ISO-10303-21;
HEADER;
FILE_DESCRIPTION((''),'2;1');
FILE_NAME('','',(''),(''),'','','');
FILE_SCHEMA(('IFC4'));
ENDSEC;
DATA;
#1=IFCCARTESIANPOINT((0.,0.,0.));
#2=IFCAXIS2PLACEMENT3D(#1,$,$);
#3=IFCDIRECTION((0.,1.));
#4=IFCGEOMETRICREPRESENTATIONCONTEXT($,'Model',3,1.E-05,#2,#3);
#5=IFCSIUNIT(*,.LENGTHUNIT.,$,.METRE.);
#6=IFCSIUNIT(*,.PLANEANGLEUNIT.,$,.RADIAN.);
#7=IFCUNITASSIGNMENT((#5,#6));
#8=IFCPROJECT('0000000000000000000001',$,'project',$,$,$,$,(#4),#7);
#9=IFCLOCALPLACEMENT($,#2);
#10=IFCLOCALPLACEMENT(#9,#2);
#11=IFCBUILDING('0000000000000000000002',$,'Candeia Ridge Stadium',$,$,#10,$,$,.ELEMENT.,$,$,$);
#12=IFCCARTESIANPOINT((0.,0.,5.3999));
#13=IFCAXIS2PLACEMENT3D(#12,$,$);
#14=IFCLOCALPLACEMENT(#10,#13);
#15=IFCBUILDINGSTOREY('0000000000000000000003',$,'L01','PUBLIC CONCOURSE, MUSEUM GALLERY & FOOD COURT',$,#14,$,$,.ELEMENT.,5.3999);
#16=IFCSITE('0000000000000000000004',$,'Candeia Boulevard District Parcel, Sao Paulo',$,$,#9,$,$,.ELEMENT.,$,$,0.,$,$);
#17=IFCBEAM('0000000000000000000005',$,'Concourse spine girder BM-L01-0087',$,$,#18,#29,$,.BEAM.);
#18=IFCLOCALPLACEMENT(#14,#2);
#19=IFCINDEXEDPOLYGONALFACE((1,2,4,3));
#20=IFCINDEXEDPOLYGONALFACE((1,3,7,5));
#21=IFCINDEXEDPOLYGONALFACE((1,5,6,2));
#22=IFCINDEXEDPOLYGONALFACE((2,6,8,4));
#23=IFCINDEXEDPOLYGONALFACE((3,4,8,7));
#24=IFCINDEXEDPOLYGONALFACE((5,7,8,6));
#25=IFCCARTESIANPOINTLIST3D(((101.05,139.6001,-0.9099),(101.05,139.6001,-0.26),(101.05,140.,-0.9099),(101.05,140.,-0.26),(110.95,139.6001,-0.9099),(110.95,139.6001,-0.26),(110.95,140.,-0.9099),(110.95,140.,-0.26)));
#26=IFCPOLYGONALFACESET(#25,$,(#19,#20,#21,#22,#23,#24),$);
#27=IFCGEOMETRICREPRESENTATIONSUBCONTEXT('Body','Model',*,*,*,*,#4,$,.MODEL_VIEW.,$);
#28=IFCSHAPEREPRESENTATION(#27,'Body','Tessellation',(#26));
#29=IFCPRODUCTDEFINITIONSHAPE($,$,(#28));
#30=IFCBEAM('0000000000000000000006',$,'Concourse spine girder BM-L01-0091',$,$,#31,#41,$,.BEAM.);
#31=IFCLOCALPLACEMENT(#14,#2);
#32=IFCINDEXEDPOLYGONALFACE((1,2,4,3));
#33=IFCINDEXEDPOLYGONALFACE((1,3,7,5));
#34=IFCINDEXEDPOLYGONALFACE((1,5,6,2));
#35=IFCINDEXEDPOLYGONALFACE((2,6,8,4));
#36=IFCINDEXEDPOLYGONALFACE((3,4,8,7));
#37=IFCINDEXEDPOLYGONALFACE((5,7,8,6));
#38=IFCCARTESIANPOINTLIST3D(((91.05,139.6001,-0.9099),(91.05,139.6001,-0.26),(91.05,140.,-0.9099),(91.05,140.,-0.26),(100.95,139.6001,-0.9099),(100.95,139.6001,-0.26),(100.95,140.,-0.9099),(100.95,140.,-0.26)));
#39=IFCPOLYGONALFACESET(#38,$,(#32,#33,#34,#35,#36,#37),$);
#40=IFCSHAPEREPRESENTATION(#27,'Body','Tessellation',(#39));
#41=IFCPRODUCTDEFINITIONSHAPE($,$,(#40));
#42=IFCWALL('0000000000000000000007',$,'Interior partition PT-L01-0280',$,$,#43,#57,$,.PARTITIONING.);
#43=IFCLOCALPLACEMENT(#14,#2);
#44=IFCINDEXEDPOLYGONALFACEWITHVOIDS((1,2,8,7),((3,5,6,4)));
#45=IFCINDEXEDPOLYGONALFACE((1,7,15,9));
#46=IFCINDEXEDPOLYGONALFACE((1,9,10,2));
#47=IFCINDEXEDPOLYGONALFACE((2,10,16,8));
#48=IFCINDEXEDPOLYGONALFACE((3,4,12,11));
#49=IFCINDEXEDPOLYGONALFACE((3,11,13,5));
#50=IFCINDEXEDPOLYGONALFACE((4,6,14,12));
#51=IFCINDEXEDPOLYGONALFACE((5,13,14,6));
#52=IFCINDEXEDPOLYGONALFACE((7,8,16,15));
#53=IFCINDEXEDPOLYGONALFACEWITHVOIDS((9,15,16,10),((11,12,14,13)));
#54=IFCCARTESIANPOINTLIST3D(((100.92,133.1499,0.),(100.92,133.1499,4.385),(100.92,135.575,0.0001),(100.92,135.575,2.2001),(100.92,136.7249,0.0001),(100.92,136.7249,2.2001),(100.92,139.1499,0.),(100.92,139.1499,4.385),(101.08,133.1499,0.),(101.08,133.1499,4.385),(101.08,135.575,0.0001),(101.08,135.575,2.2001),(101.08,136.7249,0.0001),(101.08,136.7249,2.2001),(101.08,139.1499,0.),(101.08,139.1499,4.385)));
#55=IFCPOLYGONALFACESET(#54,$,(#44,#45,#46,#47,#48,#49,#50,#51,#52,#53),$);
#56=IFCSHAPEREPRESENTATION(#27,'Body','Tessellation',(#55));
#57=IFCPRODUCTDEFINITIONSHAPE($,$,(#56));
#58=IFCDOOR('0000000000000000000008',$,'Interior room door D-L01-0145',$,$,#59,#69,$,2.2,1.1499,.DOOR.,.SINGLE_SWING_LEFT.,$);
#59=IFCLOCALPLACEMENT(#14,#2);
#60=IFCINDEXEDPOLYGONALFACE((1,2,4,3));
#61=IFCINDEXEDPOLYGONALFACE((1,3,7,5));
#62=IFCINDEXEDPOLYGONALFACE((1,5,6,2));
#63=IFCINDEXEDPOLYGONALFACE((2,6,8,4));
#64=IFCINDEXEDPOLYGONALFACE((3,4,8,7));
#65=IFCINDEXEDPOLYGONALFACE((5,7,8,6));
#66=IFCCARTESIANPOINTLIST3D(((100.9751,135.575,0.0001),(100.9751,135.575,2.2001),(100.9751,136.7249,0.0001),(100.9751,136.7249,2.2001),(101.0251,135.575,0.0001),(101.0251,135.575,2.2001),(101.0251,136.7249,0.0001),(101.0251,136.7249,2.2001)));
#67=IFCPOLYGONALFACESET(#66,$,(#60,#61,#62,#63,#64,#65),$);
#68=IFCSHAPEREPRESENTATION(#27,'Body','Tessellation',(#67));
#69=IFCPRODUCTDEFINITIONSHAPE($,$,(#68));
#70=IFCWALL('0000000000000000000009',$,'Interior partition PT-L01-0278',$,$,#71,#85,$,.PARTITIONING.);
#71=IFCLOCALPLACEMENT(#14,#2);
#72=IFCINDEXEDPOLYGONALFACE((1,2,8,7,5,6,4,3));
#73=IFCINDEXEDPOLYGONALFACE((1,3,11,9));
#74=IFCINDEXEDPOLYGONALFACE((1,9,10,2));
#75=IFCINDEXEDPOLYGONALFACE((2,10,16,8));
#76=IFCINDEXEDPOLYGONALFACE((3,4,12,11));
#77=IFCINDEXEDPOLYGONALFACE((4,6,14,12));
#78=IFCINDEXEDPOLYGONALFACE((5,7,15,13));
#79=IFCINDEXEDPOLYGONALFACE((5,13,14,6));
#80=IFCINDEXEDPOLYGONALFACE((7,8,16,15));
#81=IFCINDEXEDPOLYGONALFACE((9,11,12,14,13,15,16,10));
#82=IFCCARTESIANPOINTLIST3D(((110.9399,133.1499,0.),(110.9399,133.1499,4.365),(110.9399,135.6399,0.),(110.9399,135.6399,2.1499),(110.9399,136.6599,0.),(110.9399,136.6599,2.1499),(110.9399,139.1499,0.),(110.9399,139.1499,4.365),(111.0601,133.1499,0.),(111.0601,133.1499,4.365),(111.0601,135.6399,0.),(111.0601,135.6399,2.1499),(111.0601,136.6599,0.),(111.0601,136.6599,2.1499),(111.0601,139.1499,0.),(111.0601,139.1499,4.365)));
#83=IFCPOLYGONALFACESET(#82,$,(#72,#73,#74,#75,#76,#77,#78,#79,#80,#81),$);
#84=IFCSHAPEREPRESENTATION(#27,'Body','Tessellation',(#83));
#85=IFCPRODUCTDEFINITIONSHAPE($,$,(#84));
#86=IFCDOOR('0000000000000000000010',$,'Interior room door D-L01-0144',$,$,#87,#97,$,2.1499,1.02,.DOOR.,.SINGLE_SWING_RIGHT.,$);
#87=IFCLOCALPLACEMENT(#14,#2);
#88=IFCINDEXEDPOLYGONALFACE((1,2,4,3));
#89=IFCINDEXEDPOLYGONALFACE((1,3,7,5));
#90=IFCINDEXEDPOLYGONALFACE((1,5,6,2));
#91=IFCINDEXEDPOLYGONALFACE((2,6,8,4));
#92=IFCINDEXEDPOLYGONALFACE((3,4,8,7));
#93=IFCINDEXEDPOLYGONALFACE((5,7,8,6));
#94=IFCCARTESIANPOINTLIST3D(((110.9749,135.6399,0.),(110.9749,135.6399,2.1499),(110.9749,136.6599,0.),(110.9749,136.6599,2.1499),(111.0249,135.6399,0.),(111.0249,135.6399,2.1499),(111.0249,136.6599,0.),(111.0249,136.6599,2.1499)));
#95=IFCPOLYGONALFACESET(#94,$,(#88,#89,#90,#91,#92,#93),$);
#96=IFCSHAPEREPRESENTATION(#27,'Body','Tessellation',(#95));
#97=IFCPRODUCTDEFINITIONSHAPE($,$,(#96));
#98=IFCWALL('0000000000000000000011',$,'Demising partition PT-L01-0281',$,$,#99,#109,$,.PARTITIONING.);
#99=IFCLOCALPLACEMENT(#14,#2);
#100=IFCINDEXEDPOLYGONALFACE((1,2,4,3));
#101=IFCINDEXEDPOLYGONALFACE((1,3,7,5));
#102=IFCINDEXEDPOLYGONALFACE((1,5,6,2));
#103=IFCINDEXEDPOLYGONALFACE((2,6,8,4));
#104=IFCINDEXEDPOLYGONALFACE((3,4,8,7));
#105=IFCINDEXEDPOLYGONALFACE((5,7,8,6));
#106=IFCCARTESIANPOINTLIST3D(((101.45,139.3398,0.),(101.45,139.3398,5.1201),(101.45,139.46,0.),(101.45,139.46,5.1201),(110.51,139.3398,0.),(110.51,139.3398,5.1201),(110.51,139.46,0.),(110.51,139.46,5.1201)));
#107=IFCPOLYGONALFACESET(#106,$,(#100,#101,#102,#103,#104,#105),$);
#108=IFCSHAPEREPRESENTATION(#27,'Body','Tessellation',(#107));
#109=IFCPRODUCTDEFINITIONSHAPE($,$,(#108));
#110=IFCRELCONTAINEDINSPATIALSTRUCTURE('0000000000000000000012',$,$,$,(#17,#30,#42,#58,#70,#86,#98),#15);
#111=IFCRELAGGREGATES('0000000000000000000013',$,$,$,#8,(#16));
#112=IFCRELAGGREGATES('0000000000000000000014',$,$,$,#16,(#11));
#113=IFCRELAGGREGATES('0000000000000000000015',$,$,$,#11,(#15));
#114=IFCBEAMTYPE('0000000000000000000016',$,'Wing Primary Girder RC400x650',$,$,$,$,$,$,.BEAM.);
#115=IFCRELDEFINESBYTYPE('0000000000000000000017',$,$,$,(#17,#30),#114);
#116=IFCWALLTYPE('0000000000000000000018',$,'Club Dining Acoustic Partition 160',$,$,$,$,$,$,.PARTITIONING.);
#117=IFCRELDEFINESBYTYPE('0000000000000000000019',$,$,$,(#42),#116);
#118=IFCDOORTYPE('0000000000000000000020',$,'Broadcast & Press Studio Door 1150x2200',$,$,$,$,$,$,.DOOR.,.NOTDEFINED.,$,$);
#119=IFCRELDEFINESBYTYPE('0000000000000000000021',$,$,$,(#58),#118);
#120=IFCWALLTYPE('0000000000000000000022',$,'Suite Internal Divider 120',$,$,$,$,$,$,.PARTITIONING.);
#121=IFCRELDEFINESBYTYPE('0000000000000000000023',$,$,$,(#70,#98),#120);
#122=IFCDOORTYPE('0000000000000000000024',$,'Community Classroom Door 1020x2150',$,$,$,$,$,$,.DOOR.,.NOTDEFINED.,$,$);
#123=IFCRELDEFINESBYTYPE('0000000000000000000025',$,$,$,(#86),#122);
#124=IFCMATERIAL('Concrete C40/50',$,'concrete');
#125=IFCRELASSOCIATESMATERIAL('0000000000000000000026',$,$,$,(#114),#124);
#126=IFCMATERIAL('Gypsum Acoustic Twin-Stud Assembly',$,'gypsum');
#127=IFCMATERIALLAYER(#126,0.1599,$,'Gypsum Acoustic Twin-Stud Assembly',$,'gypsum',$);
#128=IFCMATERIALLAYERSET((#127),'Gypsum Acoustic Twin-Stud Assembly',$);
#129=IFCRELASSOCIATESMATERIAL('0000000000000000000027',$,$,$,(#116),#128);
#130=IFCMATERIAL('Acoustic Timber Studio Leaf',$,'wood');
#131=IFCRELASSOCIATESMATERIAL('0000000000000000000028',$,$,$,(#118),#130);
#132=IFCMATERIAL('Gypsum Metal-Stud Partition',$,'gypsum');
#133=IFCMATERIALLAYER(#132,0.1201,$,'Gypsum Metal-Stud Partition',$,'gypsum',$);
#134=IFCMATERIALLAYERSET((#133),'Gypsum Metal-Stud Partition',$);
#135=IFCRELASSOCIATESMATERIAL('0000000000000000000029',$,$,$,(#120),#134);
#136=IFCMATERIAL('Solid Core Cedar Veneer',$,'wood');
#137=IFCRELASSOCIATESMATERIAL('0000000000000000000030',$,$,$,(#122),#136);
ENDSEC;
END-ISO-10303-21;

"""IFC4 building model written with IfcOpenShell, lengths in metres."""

from ifc_helpers import new_model, si_unit, direction, frame, frame_2d, origin, origin_2d, place, context, subcontext, project, spatial, rectangle, extrude, material, layer, layer_set, material_profile, profile_set, type_object, element, fill, save


model = new_model("IFC4")

# Units and contexts
model_context = context("Model", 3, precision=1e-05, world=origin(), true_north=direction((0.0, 1.0)))
body_context = subcontext(model_context, "Body", "Model", "MODEL_VIEW")
ifc_project = project(units=[si_unit("LENGTHUNIT", "METRE"), si_unit("PLANEANGLEUNIT", "RADIAN")], contexts=[model_context])

# Site, building, storey
site_placement = place(None, origin())
site = spatial("IfcSite", under=ifc_project, at=site_placement, Name="Candeia Boulevard District Parcel, Sao Paulo", CompositionType="ELEMENT", RefElevation=0.0)
building_placement = place(site_placement, origin())
building = spatial("IfcBuilding", under=site, at=building_placement, Name="Candeia Ridge Stadium", CompositionType="ELEMENT")
storey_placement = place(building_placement, frame((0.0, 0.0, 5.3999)))
storey = spatial("IfcBuildingStorey", under=building, at=storey_placement, Name="L01", Description="PUBLIC CONCOURSE, MUSEUM GALLERY & FOOD COURT", CompositionType="ELEMENT", Elevation=5.3999)

# Shared definitions
ifc_material_1 = material(Name="Concrete C40/50", Category="concrete")

# Beams
ifc_material_profile_1 = material_profile(ifc_material_1, rectangle(XDim=0.3999, YDim=0.6499, at=origin_2d()), Name="RC400x650", Category="concrete")
ifc_profile_set_1 = profile_set([ifc_material_profile_1], Name="Concrete C40/50")
beam_type_1 = type_object("IfcBeamType", Name="Wing Primary Girder RC400x650", PredefinedType="BEAM", material=ifc_profile_set_1)
for number, where, z_axis, x_axis, name in (
    (1, (110.95, 139.8, -0.585), (-1.0, 0.0, 0.0), (0.0, -1.0, 0.0), "Concourse spine girder BM-L01-0087"),
    (2, (100.95, 139.8, -0.585), (-1.0, 0.0, 0.0), (0.0, -1.0, 0.0), "Concourse spine girder BM-L01-0091"),
):
    element("IfcBeam", number, at=place(storey_placement, frame(where, z_axis=z_axis, x_axis=x_axis)), inside=storey, type_object=beam_type_1, Name=name, PredefinedType="BEAM", context=body_context, shape_type="SweptSolid", body=[
        extrude(rectangle(XDim=0.3999, YDim=0.6499, at=origin_2d()), origin(), (0.0, 0.0, 1.0), 9.8999),
    ])

# Walls, openings, doors
ifc_material_2 = material(Name="Gypsum Acoustic Twin-Stud Assembly", Category="gypsum")
ifc_layer_1 = layer(ifc_material_2, 0.1599, Name="Gypsum Acoustic Twin-Stud Assembly", Category="gypsum")
ifc_layer_set_1 = layer_set([ifc_layer_1], Name="Gypsum Acoustic Twin-Stud Assembly")
wall_type_1 = type_object("IfcWallType", Name="Club Dining Acoustic Partition 160", PredefinedType="PARTITIONING", material=ifc_layer_set_1)
wall_1_placement = place(storey_placement, frame((101.0, 133.1499, 0.0), z_axis=(0.0, 0.0, 1.0), x_axis=(0.0, 1.0, 0.0)))
wall_1 = element("IfcWall", 3, at=wall_1_placement, inside=storey, type_object=wall_type_1, Name="Interior partition PT-L01-0280", PredefinedType="PARTITIONING", context=body_context, shape_type="SweptSolid", body=[
    extrude(rectangle(XDim=6.0, YDim=0.1599, at=frame_2d((3.0, 0.0))), origin(), (0.0, 0.0, 1.0), 4.385),
])
opening_1_placement = place(wall_1_placement, frame((2.425, 0.0, 0.0)))
opening_1 = element("IfcOpeningElement", 4, at=opening_1_placement, cuts=wall_1, PredefinedType="OPENING", context=body_context, shape_type="SweptSolid", body=[
    extrude(rectangle(XDim=1.1499, YDim=2.2, at=frame_2d((0.575, 1.1001))), frame((0.0, 0.0898, 0.0), z_axis=(0.0, -1.0, 0.0), x_axis=(1.0, 0.0, 0.0)), (0.0, 0.0, 1.0), 0.1799),
])
ifc_material_3 = material(Name="Acoustic Timber Studio Leaf", Category="wood")
door_type_1 = type_object("IfcDoorType", Name="Broadcast & Press Studio Door 1150x2200", OperationType="NOTDEFINED", PredefinedType="DOOR", material=ifc_material_3)
door_1_placement = place(opening_1_placement, origin())
door_1 = element("IfcDoor", 5, at=door_1_placement, inside=storey, type_object=door_type_1, Name="Interior room door D-L01-0145", OperationType="SINGLE_SWING_LEFT", OverallHeight=2.2, OverallWidth=1.1499, PredefinedType="DOOR", context=body_context, shape_type="SweptSolid", body=[
    extrude(rectangle(XDim=1.1499, YDim=2.2, at=frame_2d((0.575, 1.1001))), frame((0.0, 0.0249, 0.0), z_axis=(0.0, -1.0, 0.0), x_axis=(1.0, 0.0, 0.0)), (0.0, 0.0, 1.0), 0.05),
])
fill(opening_1, door_1)
ifc_material_4 = material(Name="Gypsum Metal-Stud Partition", Category="gypsum")
ifc_layer_2 = layer(ifc_material_4, 0.1201, Name="Gypsum Metal-Stud Partition", Category="gypsum")
ifc_layer_set_2 = layer_set([ifc_layer_2], Name="Gypsum Metal-Stud Partition")
wall_type_2 = type_object("IfcWallType", Name="Suite Internal Divider 120", PredefinedType="PARTITIONING", material=ifc_layer_set_2)
wall_2_placement = place(storey_placement, frame((111.0, 133.1499, 0.0), z_axis=(0.0, 0.0, 1.0), x_axis=(0.0, 1.0, 0.0)))
wall_2 = element("IfcWall", 6, at=wall_2_placement, inside=storey, type_object=wall_type_2, Name="Interior partition PT-L01-0278", PredefinedType="PARTITIONING", context=body_context, shape_type="SweptSolid", body=[
    extrude(rectangle(XDim=6.0, YDim=0.1201, at=frame_2d((3.0, 0.0))), origin(), (0.0, 0.0, 1.0), 4.365),
])
opening_2_placement = place(wall_2_placement, frame((2.49, 0.0, 0.0)))
opening_2 = element("IfcOpeningElement", 7, at=opening_2_placement, cuts=wall_2, PredefinedType="OPENING", context=body_context, shape_type="SweptSolid", body=[
    extrude(rectangle(XDim=1.02, YDim=2.1499, at=frame_2d((0.51, 1.075))), frame((0.0, 0.0701, 0.0), z_axis=(0.0, -1.0, 0.0), x_axis=(1.0, 0.0, 0.0)), (0.0, 0.0, 1.0), 0.1401),
])
ifc_material_5 = material(Name="Solid Core Cedar Veneer", Category="wood")
door_type_2 = type_object("IfcDoorType", Name="Community Classroom Door 1020x2150", OperationType="NOTDEFINED", PredefinedType="DOOR", material=ifc_material_5)
door_2_placement = place(opening_2_placement, frame((1.02, 0.0, 0.0), z_axis=(0.0, 0.0, 1.0), x_axis=(-1.0, 0.0, 0.0)))
door_2 = element("IfcDoor", 8, at=door_2_placement, inside=storey, type_object=door_type_2, Name="Interior room door D-L01-0144", OperationType="SINGLE_SWING_RIGHT", OverallHeight=2.1499, OverallWidth=1.02, PredefinedType="DOOR", context=body_context, shape_type="SweptSolid", body=[
    extrude(rectangle(XDim=1.02, YDim=2.1499, at=frame_2d((0.51, 1.075))), frame((0.0, 0.0249, 0.0), z_axis=(0.0, -1.0, 0.0), x_axis=(1.0, 0.0, 0.0)), (0.0, 0.0, 1.0), 0.05),
])
fill(opening_2, door_2)

# Wall
wall_3_placement = place(storey_placement, frame((101.45, 139.3999, 0.0), z_axis=(0.0, 0.0, 1.0), x_axis=(1.0, 0.0, 0.0)))
element("IfcWall", 9, at=wall_3_placement, inside=storey, type_object=wall_type_2, Name="Demising partition PT-L01-0281", PredefinedType="PARTITIONING", context=body_context, shape_type="SweptSolid", body=[
    extrude(rectangle(XDim=9.0601, YDim=0.1201, at=frame_2d((4.53, 0.0))), origin(), (0.0, 0.0, 1.0), 5.1201),
])

save(model, "model.ifc")
